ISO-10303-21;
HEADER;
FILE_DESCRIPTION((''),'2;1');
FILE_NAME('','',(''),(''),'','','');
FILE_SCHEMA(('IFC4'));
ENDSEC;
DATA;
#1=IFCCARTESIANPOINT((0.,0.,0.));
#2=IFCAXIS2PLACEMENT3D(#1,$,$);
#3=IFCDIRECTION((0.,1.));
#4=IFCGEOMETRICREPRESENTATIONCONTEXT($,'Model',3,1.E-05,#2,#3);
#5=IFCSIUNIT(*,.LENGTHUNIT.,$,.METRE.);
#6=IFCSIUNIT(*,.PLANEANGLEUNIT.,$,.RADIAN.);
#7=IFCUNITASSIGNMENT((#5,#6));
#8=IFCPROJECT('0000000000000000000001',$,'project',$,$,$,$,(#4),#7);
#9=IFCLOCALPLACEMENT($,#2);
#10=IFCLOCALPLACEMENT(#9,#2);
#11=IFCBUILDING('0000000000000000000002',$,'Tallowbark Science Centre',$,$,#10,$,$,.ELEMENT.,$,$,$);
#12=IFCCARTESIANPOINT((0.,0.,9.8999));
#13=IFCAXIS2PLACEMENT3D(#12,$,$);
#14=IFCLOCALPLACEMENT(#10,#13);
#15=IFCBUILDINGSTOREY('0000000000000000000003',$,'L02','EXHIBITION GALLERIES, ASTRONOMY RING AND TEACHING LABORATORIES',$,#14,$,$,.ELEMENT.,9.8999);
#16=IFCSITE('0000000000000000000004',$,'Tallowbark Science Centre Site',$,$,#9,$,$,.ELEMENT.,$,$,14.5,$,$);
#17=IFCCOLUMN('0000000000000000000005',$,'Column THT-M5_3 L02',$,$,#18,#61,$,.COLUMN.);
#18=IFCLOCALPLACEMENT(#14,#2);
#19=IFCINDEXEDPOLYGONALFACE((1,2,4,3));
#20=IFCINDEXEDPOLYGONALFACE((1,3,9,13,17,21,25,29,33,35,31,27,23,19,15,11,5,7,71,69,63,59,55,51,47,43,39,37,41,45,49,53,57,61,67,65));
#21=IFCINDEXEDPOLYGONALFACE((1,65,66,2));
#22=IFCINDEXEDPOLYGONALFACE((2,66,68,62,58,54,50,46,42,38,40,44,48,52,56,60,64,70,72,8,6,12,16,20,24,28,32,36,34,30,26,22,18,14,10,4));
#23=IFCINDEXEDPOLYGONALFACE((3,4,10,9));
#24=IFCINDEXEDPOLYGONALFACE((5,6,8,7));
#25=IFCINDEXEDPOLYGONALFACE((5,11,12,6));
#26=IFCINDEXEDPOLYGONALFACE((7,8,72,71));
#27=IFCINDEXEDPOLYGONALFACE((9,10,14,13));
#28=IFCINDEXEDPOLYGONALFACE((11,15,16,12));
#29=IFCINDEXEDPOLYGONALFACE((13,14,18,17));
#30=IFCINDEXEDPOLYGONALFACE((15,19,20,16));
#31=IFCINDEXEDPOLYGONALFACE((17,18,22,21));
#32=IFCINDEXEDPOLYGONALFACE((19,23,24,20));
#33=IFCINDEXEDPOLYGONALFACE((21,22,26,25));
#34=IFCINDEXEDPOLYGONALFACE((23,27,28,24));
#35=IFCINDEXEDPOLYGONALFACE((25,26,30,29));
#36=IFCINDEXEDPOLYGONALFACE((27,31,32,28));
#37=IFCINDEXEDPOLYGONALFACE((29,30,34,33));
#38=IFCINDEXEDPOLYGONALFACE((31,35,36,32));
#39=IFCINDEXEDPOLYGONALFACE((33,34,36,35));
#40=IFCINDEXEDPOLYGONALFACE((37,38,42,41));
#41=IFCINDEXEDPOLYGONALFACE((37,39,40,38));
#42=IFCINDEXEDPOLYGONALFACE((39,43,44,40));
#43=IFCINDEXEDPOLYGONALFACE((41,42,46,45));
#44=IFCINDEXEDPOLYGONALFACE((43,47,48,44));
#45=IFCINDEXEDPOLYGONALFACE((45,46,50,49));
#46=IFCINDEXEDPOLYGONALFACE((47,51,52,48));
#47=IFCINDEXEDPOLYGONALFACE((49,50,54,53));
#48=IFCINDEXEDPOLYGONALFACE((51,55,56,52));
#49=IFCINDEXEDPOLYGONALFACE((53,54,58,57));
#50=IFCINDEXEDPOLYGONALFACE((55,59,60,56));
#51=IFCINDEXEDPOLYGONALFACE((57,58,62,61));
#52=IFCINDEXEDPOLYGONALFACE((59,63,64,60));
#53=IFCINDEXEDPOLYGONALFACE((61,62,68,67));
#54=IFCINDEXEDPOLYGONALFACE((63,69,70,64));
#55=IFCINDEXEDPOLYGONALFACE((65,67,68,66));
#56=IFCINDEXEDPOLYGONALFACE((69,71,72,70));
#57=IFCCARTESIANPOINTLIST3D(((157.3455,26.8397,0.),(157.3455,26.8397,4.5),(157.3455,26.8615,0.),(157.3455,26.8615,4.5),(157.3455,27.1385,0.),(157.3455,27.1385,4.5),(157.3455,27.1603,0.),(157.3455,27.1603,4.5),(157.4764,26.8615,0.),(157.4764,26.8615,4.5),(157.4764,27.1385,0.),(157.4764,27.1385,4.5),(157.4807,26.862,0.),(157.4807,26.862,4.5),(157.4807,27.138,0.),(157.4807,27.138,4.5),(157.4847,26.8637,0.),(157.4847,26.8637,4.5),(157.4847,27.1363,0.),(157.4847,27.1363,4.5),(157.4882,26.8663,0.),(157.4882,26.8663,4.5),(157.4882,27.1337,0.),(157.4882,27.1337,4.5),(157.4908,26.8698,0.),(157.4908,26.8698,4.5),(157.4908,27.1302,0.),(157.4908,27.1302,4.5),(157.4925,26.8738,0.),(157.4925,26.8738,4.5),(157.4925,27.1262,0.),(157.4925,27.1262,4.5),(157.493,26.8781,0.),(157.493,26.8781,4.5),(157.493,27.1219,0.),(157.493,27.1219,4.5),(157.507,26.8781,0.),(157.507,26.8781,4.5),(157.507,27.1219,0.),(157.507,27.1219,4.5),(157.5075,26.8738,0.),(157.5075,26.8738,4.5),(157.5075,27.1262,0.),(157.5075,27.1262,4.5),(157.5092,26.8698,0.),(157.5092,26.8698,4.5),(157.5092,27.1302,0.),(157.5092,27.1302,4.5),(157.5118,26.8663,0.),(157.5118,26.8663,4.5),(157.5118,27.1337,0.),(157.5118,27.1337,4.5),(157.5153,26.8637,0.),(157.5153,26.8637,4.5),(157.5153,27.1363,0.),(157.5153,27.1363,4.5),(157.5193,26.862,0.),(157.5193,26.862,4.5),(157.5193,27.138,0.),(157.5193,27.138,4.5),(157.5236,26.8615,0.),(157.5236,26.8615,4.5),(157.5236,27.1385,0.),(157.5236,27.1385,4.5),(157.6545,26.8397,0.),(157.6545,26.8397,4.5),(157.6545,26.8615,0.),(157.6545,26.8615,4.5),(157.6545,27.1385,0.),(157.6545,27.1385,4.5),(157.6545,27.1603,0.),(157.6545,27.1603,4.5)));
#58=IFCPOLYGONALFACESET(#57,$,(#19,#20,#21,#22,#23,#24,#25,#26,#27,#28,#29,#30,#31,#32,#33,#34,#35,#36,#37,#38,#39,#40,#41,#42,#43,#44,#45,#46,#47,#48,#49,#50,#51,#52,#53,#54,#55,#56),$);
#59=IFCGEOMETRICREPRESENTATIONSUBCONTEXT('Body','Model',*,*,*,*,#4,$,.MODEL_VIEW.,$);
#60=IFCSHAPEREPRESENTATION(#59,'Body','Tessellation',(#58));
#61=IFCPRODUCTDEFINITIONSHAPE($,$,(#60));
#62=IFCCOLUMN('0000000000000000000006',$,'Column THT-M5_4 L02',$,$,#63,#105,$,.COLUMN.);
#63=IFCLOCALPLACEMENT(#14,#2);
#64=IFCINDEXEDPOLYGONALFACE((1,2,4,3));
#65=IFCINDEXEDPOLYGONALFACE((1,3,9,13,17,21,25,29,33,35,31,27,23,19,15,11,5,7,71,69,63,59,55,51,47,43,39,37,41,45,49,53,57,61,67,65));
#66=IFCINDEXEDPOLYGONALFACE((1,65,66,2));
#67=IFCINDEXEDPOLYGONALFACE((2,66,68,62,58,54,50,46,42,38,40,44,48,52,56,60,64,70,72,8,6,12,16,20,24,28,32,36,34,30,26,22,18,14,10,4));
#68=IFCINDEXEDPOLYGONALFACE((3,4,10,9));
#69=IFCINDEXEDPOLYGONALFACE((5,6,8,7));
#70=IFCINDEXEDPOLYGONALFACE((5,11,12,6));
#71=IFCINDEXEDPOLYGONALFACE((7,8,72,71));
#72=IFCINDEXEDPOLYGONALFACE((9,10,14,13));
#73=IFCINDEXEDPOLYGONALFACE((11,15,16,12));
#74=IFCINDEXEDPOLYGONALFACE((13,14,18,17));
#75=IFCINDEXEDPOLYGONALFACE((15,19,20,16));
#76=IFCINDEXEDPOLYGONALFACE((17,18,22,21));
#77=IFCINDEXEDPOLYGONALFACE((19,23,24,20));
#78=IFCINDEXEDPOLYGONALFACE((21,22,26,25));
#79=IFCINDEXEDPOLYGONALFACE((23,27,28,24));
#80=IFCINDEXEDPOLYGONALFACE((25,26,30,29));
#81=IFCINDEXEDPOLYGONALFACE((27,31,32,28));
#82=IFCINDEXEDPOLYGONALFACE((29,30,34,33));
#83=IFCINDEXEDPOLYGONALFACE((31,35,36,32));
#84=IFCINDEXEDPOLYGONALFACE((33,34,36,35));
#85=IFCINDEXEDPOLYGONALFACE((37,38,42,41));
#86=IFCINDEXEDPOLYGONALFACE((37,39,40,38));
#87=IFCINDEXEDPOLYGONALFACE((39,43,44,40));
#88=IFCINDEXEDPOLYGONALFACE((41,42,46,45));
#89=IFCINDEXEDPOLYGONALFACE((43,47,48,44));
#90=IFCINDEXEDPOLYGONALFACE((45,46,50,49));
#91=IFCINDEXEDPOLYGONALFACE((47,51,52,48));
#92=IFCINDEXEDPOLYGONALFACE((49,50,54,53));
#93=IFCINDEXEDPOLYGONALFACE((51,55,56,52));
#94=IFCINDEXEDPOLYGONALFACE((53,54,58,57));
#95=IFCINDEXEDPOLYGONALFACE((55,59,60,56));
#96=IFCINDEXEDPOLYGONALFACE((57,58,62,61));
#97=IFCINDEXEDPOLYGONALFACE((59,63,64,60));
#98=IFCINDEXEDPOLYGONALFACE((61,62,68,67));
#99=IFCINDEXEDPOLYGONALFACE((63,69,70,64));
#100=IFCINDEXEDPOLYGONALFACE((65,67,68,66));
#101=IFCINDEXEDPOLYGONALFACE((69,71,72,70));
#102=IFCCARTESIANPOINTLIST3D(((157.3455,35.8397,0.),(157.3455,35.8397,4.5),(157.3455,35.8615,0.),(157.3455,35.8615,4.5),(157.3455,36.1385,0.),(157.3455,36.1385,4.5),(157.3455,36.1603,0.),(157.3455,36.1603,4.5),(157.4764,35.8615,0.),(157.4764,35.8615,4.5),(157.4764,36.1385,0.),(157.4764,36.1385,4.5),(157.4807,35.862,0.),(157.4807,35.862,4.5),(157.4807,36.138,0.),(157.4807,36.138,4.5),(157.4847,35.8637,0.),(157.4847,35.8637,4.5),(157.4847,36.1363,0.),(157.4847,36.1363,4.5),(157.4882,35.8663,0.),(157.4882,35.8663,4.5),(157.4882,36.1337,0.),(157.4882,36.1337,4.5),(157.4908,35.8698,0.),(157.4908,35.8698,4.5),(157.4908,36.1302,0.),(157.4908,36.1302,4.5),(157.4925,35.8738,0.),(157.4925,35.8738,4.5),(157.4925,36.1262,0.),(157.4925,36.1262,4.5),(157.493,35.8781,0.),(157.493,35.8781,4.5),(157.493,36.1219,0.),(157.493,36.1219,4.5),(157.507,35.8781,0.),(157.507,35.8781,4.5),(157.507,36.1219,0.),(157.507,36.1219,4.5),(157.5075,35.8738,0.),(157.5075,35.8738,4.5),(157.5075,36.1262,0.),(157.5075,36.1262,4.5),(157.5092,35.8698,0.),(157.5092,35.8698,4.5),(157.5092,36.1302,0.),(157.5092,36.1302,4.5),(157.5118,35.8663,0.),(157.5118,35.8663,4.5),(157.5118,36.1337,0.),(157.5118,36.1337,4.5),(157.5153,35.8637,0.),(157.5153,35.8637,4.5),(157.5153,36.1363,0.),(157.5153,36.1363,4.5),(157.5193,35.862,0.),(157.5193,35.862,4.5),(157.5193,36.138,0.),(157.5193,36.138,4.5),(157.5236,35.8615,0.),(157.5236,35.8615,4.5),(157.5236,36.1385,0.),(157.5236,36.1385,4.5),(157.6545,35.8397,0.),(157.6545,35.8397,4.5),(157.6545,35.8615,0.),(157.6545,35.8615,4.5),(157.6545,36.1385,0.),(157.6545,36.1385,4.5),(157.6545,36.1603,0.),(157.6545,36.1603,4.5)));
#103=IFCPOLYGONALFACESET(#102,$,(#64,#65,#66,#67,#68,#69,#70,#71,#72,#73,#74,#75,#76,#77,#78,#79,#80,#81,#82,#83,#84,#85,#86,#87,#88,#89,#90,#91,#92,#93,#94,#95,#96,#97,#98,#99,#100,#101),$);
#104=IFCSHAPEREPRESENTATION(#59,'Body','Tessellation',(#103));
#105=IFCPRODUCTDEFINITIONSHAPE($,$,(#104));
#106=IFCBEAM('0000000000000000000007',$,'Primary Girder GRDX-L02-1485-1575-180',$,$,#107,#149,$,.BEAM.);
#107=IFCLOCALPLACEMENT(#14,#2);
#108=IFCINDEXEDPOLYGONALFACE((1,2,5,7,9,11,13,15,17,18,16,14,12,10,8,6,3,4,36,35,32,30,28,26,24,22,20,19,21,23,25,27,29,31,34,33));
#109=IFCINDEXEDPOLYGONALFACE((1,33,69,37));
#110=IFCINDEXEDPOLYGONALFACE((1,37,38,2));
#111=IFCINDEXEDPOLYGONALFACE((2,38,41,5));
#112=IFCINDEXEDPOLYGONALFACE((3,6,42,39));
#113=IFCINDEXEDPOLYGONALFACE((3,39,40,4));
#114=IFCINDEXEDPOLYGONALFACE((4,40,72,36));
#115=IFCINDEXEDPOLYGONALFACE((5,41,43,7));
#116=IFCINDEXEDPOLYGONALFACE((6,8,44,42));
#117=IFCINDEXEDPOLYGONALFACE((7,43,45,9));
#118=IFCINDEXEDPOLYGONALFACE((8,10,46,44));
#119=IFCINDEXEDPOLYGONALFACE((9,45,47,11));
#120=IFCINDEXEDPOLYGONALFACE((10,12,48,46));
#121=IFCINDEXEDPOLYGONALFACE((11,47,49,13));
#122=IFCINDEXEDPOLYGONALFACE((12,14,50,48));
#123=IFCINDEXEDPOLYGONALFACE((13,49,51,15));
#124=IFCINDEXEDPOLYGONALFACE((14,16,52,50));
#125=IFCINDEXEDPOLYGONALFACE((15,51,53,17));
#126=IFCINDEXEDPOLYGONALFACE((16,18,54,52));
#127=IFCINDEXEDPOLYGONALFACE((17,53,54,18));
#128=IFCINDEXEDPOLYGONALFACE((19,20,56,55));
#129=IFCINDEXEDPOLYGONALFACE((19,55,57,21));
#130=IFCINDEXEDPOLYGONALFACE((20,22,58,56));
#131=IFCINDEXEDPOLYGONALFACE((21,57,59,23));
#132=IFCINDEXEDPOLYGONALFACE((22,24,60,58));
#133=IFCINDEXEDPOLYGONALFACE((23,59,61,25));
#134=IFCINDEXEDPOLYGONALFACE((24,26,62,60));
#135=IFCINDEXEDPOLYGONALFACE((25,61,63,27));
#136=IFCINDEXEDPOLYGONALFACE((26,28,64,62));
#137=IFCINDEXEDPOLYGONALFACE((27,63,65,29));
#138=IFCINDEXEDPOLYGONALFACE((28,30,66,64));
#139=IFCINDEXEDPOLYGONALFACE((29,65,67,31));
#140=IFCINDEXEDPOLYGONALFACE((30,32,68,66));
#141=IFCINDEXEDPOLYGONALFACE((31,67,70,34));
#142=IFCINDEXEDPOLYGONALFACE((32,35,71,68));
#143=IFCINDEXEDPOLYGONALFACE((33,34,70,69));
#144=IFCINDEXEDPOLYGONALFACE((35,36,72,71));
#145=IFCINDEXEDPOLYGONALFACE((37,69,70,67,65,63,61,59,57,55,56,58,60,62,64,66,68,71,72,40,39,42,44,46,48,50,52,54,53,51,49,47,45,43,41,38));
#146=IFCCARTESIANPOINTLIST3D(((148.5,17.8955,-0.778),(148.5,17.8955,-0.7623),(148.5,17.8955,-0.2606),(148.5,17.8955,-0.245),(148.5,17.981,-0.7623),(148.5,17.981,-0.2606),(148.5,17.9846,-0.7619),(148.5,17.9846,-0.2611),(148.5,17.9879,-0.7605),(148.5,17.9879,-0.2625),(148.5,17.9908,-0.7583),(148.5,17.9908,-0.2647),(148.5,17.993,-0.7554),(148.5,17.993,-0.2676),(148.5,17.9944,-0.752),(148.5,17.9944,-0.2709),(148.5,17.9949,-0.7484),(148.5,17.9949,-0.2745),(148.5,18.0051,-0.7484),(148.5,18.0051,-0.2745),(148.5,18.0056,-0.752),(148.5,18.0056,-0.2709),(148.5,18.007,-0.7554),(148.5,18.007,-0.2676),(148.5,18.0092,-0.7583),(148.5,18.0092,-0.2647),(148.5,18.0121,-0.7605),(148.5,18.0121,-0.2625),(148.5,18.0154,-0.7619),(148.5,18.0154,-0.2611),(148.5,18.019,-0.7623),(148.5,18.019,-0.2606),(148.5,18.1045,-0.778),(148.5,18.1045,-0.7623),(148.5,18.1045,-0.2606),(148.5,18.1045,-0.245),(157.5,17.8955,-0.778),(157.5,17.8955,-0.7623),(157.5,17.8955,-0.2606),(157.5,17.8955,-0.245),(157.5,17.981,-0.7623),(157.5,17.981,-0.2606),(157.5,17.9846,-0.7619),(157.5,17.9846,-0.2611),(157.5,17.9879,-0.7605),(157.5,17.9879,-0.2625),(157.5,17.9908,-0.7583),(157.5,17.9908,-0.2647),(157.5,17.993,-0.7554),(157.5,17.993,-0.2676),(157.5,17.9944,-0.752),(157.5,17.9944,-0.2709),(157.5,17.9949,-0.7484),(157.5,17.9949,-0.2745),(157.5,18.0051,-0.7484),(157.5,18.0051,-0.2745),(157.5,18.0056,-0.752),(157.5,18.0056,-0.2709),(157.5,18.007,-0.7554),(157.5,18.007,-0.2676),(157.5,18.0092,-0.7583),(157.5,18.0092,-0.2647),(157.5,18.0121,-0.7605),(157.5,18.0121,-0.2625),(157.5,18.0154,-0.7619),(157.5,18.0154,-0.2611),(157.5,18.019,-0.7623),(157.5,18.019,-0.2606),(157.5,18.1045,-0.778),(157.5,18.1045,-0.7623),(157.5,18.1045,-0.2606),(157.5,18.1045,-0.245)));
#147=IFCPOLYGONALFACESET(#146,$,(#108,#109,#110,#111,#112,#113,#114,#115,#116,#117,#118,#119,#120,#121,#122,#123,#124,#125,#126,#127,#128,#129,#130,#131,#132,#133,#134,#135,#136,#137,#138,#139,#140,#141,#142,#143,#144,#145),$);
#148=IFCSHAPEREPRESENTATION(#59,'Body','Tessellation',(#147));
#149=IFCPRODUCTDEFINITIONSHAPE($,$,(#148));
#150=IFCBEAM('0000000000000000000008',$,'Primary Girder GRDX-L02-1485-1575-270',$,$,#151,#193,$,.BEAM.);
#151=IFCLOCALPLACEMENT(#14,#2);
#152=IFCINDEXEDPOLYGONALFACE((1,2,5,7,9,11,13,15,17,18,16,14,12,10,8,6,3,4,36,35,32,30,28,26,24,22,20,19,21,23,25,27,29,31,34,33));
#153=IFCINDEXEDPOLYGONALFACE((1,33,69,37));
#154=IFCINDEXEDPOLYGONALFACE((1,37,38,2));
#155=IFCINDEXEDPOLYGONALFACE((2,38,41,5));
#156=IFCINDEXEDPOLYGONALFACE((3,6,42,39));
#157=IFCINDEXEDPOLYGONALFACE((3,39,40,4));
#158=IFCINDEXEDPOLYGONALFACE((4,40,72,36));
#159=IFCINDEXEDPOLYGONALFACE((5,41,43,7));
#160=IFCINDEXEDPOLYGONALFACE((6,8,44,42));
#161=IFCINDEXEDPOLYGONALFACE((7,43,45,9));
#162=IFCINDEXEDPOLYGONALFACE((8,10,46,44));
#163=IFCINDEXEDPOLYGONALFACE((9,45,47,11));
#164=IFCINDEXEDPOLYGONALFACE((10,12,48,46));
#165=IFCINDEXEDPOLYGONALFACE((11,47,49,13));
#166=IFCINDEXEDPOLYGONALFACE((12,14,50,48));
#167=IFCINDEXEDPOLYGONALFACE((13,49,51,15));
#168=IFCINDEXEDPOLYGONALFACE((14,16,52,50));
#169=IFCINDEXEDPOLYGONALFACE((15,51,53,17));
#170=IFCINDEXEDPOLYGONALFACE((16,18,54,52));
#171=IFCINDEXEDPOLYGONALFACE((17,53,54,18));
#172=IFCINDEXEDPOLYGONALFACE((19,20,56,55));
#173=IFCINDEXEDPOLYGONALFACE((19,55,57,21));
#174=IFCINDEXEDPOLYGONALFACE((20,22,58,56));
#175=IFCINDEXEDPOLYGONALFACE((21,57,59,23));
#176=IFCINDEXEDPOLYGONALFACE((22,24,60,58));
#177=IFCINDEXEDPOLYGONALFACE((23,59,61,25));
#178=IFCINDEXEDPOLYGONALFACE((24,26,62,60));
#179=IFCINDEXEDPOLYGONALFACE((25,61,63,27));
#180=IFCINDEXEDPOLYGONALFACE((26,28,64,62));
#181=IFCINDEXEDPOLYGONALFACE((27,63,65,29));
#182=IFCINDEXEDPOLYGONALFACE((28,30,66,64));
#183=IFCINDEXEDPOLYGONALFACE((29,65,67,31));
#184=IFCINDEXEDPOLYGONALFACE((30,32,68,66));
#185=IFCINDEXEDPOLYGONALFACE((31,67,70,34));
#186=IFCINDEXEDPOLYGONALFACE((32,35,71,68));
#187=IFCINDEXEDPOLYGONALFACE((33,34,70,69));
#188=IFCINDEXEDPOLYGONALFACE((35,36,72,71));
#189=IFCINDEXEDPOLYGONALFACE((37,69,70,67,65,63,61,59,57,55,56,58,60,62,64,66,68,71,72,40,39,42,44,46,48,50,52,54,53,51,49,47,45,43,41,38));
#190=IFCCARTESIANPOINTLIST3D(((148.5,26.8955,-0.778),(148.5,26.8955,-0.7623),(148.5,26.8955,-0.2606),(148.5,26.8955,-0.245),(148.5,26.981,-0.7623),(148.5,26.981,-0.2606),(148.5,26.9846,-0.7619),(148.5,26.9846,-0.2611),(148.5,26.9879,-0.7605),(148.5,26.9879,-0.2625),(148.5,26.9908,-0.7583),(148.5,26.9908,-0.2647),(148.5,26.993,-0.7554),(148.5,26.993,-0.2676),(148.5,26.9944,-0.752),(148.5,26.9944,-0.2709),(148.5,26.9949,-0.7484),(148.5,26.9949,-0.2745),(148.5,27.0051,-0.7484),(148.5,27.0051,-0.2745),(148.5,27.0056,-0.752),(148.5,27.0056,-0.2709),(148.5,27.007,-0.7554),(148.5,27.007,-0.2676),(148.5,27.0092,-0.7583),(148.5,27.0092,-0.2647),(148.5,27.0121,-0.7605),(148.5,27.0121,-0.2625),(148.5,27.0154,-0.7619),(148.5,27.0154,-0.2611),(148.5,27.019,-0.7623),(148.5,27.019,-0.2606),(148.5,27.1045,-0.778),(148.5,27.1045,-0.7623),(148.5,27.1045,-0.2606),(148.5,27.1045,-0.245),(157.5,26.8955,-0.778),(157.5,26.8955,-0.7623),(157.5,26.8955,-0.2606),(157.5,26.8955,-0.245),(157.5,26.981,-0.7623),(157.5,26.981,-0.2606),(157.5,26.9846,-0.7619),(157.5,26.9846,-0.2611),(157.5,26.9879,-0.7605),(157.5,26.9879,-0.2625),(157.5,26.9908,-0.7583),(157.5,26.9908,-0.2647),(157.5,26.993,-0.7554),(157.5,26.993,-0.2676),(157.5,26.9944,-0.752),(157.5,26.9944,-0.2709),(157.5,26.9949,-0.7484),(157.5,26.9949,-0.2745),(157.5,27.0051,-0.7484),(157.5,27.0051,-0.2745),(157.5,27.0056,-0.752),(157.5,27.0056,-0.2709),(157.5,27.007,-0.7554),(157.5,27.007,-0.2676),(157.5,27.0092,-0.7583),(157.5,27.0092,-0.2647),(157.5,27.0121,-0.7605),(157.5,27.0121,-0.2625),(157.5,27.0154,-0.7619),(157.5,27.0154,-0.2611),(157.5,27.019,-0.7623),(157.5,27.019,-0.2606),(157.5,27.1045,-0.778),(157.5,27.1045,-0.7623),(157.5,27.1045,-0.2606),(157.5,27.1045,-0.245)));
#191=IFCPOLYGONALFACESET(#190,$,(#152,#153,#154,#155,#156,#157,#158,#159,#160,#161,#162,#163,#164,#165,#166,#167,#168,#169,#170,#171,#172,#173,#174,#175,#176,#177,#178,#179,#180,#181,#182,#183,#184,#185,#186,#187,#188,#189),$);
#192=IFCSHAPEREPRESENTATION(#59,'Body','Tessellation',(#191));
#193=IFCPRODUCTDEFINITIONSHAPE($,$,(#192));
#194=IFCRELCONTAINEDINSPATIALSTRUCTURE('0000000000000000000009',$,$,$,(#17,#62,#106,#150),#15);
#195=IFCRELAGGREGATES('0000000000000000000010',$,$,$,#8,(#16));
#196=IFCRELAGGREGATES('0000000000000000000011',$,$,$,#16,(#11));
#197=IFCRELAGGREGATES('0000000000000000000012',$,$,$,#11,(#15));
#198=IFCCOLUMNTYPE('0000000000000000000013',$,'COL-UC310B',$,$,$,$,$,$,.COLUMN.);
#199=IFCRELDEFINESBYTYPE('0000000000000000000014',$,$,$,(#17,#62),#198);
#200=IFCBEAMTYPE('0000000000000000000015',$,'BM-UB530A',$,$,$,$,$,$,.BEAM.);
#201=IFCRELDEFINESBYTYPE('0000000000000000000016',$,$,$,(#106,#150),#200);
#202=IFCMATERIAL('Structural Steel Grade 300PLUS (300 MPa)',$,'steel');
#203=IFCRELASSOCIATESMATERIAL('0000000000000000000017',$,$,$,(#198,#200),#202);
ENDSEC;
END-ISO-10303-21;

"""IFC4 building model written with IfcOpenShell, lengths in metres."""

from ifc_helpers import new_model, si_unit, direction, frame, origin, origin_2d, place, context, subcontext, project, spatial, i_section, extrude, material, material_profile, profile_set, type_object, element, save


model = new_model("IFC4")

# Units and contexts
model_context = context("Model", 3, precision=1e-05, world=origin(), true_north=direction((0.0, 1.0)))
body_context = subcontext(model_context, "Body", "Model", "MODEL_VIEW")
ifc_project = project(units=[si_unit("LENGTHUNIT", "METRE"), si_unit("PLANEANGLEUNIT", "RADIAN")], contexts=[model_context])

# Site, building, storey
site_placement = place(None, origin())
site = spatial("IfcSite", under=ifc_project, at=site_placement, Name="Tallowbark Science Centre Site", CompositionType="ELEMENT", RefElevation=14.5)
building_placement = place(site_placement, origin())
building = spatial("IfcBuilding", under=site, at=building_placement, Name="Tallowbark Science Centre", CompositionType="ELEMENT")
storey_placement = place(building_placement, frame((0.0, 0.0, 9.8999)))
storey = spatial("IfcBuildingStorey", under=building, at=storey_placement, Name="L02", Description="EXHIBITION GALLERIES, ASTRONOMY RING AND TEACHING LABORATORIES", CompositionType="ELEMENT", Elevation=9.8999)

# Columns
ifc_material_1 = material(Name="Structural Steel Grade 300PLUS (300 MPa)", Category="steel")
ifc_material_profile_1 = material_profile(ifc_material_1, i_section(OverallWidth=0.3091, OverallDepth=0.3206, WebThickness=0.0139, FlangeThickness=0.0217, FilletRadius=0.0166, at=origin_2d()), Name="310UC137")
ifc_profile_set_1 = profile_set([ifc_material_profile_1], Name="Structural Steel Grade 300PLUS (300 MPa)")
column_type = type_object("IfcColumnType", Name="COL-UC310B", PredefinedType="COLUMN", material=ifc_profile_set_1)
for number, where, z_axis, x_axis, name in (
    (1, (157.5, 27.0, 0.0), (0.0, 0.0, 1.0), (1.0, 0.0, 0.0), "Column THT-M5_3 L02"),
    (2, (157.5, 36.0, 0.0), (0.0, 0.0, 1.0), (1.0, 0.0, 0.0), "Column THT-M5_4 L02"),
):
    element("IfcColumn", number, at=place(storey_placement, frame(where, z_axis=z_axis, x_axis=x_axis)), inside=storey, type_object=column_type, Name=name, PredefinedType="COLUMN", context=body_context, shape_type="SweptSolid", body=[
        extrude(i_section(OverallWidth=0.3091, OverallDepth=0.3206, WebThickness=0.0139, FlangeThickness=0.0217, FilletRadius=0.0166, at=origin_2d()), origin(), (0.0, 0.0, 1.0), 4.5),
    ])

# Beams
ifc_material_profile_2 = material_profile(ifc_material_1, i_section(OverallWidth=0.209, OverallDepth=0.533, WebThickness=0.0103, FlangeThickness=0.0156, FilletRadius=0.0139, at=origin_2d()), Name="530UB92.4")
ifc_profile_set_2 = profile_set([ifc_material_profile_2], Name="Structural Steel Grade 300PLUS (300 MPa)")
beam_type_1 = type_object("IfcBeamType", Name="BM-UB530A", PredefinedType="BEAM", material=ifc_profile_set_2)
for number, where, z_axis, x_axis, name in (
    (3, (148.5, 18.0, -0.5115), (1.0, 0.0, 0.0), (0.0, 1.0, 0.0), "Primary Girder GRDX-L02-1485-1575-180"),
    (4, (148.5, 27.0, -0.5115), (1.0, 0.0, 0.0), (0.0, 1.0, 0.0), "Primary Girder GRDX-L02-1485-1575-270"),
):
    element("IfcBeam", number, at=place(storey_placement, frame(where, z_axis=z_axis, x_axis=x_axis)), inside=storey, type_object=beam_type_1, Name=name, PredefinedType="BEAM", context=body_context, shape_type="SweptSolid", body=[
        extrude(i_section(OverallWidth=0.209, OverallDepth=0.533, WebThickness=0.0103, FlangeThickness=0.0156, FilletRadius=0.0139, at=origin_2d()), origin(), (0.0, 0.0, 1.0), 9.0),
    ])

save(model, "model.ifc")
